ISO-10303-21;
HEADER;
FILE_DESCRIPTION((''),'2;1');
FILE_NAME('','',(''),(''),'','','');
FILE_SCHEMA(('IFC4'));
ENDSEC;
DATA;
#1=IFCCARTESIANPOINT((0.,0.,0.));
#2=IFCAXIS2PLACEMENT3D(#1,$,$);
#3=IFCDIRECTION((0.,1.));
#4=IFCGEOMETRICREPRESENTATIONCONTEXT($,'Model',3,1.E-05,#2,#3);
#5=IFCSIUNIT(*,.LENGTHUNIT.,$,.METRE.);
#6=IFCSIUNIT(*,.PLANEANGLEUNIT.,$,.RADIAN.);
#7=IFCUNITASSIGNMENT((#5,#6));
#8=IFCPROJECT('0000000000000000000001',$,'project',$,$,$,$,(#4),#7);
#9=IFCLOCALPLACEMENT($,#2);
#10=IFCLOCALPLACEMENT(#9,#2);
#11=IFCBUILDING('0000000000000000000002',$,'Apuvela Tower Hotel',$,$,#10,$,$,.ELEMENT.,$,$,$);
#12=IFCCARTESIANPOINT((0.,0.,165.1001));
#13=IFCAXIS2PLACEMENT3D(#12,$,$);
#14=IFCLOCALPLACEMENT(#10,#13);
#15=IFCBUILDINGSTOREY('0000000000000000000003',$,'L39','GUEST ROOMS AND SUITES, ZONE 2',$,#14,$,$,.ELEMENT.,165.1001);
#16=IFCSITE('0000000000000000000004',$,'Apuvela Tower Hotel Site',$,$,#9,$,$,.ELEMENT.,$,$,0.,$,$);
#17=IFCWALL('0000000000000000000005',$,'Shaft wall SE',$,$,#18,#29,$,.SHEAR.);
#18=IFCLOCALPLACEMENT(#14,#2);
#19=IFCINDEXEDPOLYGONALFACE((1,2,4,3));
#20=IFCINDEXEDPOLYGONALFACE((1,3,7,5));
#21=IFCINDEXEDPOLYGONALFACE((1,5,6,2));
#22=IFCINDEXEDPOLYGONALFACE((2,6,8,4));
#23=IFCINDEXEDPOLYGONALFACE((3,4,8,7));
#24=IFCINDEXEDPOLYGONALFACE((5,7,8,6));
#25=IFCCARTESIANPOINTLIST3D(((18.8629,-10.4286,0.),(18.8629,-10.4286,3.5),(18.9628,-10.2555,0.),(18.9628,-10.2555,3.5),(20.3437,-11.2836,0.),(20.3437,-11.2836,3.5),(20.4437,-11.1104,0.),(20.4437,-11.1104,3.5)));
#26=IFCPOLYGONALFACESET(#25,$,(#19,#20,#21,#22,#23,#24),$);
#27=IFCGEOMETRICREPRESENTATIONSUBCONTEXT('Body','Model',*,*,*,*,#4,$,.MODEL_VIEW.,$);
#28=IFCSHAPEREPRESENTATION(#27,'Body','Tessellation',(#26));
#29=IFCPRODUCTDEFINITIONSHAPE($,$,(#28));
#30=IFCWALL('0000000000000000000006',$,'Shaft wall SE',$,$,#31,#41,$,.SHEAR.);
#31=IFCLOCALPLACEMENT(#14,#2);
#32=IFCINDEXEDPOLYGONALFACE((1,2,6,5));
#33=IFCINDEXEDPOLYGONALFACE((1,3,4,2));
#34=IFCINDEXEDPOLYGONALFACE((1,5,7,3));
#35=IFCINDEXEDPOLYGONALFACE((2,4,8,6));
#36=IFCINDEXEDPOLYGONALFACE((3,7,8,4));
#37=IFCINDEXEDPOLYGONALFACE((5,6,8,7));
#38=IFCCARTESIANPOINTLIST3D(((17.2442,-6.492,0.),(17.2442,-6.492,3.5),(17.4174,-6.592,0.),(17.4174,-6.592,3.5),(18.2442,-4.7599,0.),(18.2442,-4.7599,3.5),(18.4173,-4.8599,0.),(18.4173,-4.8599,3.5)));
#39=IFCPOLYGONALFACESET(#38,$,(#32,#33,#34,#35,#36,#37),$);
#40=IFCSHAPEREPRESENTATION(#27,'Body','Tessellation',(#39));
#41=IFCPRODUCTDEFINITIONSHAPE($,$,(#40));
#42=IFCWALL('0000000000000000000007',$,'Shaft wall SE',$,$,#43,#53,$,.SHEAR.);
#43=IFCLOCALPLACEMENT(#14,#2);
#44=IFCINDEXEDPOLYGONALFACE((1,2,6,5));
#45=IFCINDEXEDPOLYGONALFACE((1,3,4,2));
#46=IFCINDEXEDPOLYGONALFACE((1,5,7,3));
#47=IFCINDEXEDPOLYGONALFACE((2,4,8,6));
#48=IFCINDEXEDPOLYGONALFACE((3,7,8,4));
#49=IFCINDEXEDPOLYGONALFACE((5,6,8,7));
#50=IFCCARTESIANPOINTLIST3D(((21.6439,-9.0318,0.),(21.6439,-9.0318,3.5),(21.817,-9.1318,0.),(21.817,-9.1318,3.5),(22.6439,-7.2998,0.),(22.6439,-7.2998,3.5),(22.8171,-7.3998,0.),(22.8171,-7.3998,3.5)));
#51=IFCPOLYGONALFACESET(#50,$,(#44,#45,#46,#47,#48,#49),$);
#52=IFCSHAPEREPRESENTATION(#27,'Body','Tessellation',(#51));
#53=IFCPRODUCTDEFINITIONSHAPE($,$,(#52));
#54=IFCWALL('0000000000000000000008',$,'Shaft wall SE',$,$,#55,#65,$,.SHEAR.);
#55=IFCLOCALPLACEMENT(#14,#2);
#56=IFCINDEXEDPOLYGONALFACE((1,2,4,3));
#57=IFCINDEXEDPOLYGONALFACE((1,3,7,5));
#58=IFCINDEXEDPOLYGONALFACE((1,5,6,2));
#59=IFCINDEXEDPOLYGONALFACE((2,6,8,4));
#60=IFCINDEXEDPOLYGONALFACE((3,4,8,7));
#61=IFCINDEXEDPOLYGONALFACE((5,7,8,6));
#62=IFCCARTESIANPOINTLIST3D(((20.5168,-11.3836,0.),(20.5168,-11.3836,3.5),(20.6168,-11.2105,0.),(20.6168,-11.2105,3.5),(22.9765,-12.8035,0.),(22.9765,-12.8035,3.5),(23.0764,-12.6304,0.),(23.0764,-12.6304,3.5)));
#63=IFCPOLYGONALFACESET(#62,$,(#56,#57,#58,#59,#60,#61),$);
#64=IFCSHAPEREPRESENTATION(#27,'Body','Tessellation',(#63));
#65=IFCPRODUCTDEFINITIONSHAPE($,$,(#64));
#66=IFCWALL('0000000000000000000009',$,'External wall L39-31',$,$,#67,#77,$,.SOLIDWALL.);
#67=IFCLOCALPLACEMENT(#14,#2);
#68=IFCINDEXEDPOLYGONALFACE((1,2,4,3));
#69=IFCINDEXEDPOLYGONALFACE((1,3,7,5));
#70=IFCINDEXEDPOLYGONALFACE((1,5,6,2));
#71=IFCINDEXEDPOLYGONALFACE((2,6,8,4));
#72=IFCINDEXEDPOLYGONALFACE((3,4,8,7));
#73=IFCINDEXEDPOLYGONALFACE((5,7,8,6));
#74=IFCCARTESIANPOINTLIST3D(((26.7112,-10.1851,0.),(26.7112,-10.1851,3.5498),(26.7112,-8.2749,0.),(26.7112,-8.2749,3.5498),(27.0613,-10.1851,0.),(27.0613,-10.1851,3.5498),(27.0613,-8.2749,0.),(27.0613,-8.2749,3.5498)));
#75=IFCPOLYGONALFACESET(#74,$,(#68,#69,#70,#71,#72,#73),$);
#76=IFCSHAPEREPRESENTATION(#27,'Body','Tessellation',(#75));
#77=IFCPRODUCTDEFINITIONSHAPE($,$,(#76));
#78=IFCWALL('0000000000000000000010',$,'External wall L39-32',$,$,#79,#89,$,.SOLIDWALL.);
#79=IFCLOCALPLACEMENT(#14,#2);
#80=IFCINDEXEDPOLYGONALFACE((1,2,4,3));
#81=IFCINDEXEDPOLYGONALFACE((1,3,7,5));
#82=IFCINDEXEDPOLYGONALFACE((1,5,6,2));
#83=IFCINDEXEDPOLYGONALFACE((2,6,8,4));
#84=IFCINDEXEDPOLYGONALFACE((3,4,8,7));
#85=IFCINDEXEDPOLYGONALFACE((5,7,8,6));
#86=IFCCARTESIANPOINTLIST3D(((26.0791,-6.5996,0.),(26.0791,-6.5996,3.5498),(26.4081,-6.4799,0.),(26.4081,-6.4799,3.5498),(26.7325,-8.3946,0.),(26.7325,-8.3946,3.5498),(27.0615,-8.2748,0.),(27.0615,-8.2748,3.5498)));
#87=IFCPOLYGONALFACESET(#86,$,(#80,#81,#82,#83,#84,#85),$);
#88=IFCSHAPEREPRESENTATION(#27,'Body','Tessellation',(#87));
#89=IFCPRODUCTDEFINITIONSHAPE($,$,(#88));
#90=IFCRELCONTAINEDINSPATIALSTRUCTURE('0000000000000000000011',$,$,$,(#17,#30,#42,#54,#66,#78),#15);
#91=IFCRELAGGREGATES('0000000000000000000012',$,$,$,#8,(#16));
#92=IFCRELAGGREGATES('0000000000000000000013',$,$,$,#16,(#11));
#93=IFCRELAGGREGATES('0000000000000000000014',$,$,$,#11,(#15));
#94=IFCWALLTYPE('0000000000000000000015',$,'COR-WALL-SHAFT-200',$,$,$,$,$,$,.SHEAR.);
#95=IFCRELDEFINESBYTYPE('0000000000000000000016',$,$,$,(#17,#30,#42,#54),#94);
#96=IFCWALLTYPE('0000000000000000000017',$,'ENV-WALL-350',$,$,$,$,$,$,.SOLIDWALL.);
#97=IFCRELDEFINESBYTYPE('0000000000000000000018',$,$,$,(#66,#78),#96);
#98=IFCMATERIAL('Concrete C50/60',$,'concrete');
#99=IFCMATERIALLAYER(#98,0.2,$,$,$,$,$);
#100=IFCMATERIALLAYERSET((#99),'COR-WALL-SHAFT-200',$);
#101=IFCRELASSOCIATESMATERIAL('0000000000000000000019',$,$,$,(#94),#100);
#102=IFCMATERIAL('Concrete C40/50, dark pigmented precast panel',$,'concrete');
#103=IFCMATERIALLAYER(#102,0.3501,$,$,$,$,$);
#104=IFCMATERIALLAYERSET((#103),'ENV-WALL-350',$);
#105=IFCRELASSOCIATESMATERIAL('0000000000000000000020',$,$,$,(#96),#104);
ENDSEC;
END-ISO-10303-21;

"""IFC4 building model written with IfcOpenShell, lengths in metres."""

from ifc_helpers import new_model, si_unit, direction, frame, frame_2d, origin, place, context, subcontext, project, spatial, rectangle, extrude, material, layer, layer_set, type_object, element, save


model = new_model("IFC4")

# Units and contexts
model_context = context("Model", 3, precision=1e-05, world=origin(), true_north=direction((0.0, 1.0)))
body_context = subcontext(model_context, "Body", "Model", "MODEL_VIEW")
ifc_project = project(units=[si_unit("LENGTHUNIT", "METRE"), si_unit("PLANEANGLEUNIT", "RADIAN")], contexts=[model_context])

# Site, building, storey
site_placement = place(None, origin())
site = spatial("IfcSite", under=ifc_project, at=site_placement, Name="Apuvela Tower Hotel Site", CompositionType="ELEMENT", RefElevation=0.0)
building_placement = place(site_placement, origin())
building = spatial("IfcBuilding", under=site, at=building_placement, Name="Apuvela Tower Hotel", CompositionType="ELEMENT")
storey_placement = place(building_placement, frame((0.0, 0.0, 165.1001)))
storey = spatial("IfcBuildingStorey", under=building, at=storey_placement, Name="L39", Description="GUEST ROOMS AND SUITES, ZONE 2", CompositionType="ELEMENT", Elevation=165.1001)

# Walls
ifc_material_1 = material(Name="Concrete C50/60", Category="concrete")
ifc_layer_1 = layer(ifc_material_1, 0.2)
ifc_layer_set_1 = layer_set([ifc_layer_1], Name="COR-WALL-SHAFT-200")
wall_type_1 = type_object("IfcWallType", Name="COR-WALL-SHAFT-200", PredefinedType="SHEAR", material=ifc_layer_set_1)
wall_1_placement = place(storey_placement, frame((18.9128, -10.342, 0.0), z_axis=(0.0, 0.0, 1.0), x_axis=(0.866038, -0.499978, 0.0)))
element("IfcWall", 1, at=wall_1_placement, inside=storey, type_object=wall_type_1, Name="Shaft wall SE", PredefinedType="SHEAR", context=body_context, shape_type="SweptSolid", body=[
    extrude(rectangle(XDim=1.71, YDim=0.2, at=frame_2d((0.855, 0.0))), origin(), (0.0, 0.0, 1.0), 3.5),
])
for number, where, z_axis, x_axis, name in (
    (2, (17.3308, -6.542, 0.0), (0.0, 0.0, 1.0), (0.499973, 0.866041, 0.0), "Shaft wall SE"),
    (3, (21.7305, -9.0818, 0.0), (0.0, 0.0, 1.0), (0.500025, 0.866011, 0.0), "Shaft wall SE"),
):
    element("IfcWall", number, at=place(storey_placement, frame(where, z_axis=z_axis, x_axis=x_axis)), inside=storey, type_object=wall_type_1, Name=name, PredefinedType="SHEAR", context=body_context, shape_type="SweptSolid", body=[
        extrude(rectangle(XDim=2.0, YDim=0.2, at=frame_2d((1.0, 0.0))), origin(), (0.0, 0.0, 1.0), 3.5),
    ])
wall_2_placement = place(storey_placement, frame((20.5669, -11.2971, 0.0), z_axis=(0.0, 0.0, 1.0), x_axis=(0.866055, -0.499948, 0.0)))
element("IfcWall", 4, at=wall_2_placement, inside=storey, type_object=wall_type_1, Name="Shaft wall SE", PredefinedType="SHEAR", context=body_context, shape_type="SweptSolid", body=[
    extrude(rectangle(XDim=2.8401, YDim=0.2, at=frame_2d((1.4199, 0.0))), origin(), (0.0, 0.0, 1.0), 3.5),
])
ifc_material_2 = material(Name="Concrete C40/50, dark pigmented precast panel", Category="concrete")
ifc_layer_2 = layer(ifc_material_2, 0.3501)
ifc_layer_set_2 = layer_set([ifc_layer_2], Name="ENV-WALL-350")
wall_type_2 = type_object("IfcWallType", Name="ENV-WALL-350", PredefinedType="SOLIDWALL", material=ifc_layer_set_2)
for number, where, z_axis, x_axis, name in (
    (5, (26.8862, -10.1851, 0.0), (0.0, 0.0, 1.0), (0.0, 1.0, 0.0), "External wall L39-31"),
    (6, (26.897, -8.3347, 0.0), (0.0, 0.0, 1.0), (-0.34203, 0.939689, 0.0), "External wall L39-32"),
):
    element("IfcWall", number, at=place(storey_placement, frame(where, z_axis=z_axis, x_axis=x_axis)), inside=storey, type_object=wall_type_2, Name=name, PredefinedType="SOLIDWALL", context=body_context, shape_type="SweptSolid", body=[
        extrude(rectangle(XDim=1.9102, YDim=0.3501, at=frame_2d((0.9551, 0.0))), origin(), (0.0, 0.0, 1.0), 3.5498),
    ])

save(model, "model.ifc")
